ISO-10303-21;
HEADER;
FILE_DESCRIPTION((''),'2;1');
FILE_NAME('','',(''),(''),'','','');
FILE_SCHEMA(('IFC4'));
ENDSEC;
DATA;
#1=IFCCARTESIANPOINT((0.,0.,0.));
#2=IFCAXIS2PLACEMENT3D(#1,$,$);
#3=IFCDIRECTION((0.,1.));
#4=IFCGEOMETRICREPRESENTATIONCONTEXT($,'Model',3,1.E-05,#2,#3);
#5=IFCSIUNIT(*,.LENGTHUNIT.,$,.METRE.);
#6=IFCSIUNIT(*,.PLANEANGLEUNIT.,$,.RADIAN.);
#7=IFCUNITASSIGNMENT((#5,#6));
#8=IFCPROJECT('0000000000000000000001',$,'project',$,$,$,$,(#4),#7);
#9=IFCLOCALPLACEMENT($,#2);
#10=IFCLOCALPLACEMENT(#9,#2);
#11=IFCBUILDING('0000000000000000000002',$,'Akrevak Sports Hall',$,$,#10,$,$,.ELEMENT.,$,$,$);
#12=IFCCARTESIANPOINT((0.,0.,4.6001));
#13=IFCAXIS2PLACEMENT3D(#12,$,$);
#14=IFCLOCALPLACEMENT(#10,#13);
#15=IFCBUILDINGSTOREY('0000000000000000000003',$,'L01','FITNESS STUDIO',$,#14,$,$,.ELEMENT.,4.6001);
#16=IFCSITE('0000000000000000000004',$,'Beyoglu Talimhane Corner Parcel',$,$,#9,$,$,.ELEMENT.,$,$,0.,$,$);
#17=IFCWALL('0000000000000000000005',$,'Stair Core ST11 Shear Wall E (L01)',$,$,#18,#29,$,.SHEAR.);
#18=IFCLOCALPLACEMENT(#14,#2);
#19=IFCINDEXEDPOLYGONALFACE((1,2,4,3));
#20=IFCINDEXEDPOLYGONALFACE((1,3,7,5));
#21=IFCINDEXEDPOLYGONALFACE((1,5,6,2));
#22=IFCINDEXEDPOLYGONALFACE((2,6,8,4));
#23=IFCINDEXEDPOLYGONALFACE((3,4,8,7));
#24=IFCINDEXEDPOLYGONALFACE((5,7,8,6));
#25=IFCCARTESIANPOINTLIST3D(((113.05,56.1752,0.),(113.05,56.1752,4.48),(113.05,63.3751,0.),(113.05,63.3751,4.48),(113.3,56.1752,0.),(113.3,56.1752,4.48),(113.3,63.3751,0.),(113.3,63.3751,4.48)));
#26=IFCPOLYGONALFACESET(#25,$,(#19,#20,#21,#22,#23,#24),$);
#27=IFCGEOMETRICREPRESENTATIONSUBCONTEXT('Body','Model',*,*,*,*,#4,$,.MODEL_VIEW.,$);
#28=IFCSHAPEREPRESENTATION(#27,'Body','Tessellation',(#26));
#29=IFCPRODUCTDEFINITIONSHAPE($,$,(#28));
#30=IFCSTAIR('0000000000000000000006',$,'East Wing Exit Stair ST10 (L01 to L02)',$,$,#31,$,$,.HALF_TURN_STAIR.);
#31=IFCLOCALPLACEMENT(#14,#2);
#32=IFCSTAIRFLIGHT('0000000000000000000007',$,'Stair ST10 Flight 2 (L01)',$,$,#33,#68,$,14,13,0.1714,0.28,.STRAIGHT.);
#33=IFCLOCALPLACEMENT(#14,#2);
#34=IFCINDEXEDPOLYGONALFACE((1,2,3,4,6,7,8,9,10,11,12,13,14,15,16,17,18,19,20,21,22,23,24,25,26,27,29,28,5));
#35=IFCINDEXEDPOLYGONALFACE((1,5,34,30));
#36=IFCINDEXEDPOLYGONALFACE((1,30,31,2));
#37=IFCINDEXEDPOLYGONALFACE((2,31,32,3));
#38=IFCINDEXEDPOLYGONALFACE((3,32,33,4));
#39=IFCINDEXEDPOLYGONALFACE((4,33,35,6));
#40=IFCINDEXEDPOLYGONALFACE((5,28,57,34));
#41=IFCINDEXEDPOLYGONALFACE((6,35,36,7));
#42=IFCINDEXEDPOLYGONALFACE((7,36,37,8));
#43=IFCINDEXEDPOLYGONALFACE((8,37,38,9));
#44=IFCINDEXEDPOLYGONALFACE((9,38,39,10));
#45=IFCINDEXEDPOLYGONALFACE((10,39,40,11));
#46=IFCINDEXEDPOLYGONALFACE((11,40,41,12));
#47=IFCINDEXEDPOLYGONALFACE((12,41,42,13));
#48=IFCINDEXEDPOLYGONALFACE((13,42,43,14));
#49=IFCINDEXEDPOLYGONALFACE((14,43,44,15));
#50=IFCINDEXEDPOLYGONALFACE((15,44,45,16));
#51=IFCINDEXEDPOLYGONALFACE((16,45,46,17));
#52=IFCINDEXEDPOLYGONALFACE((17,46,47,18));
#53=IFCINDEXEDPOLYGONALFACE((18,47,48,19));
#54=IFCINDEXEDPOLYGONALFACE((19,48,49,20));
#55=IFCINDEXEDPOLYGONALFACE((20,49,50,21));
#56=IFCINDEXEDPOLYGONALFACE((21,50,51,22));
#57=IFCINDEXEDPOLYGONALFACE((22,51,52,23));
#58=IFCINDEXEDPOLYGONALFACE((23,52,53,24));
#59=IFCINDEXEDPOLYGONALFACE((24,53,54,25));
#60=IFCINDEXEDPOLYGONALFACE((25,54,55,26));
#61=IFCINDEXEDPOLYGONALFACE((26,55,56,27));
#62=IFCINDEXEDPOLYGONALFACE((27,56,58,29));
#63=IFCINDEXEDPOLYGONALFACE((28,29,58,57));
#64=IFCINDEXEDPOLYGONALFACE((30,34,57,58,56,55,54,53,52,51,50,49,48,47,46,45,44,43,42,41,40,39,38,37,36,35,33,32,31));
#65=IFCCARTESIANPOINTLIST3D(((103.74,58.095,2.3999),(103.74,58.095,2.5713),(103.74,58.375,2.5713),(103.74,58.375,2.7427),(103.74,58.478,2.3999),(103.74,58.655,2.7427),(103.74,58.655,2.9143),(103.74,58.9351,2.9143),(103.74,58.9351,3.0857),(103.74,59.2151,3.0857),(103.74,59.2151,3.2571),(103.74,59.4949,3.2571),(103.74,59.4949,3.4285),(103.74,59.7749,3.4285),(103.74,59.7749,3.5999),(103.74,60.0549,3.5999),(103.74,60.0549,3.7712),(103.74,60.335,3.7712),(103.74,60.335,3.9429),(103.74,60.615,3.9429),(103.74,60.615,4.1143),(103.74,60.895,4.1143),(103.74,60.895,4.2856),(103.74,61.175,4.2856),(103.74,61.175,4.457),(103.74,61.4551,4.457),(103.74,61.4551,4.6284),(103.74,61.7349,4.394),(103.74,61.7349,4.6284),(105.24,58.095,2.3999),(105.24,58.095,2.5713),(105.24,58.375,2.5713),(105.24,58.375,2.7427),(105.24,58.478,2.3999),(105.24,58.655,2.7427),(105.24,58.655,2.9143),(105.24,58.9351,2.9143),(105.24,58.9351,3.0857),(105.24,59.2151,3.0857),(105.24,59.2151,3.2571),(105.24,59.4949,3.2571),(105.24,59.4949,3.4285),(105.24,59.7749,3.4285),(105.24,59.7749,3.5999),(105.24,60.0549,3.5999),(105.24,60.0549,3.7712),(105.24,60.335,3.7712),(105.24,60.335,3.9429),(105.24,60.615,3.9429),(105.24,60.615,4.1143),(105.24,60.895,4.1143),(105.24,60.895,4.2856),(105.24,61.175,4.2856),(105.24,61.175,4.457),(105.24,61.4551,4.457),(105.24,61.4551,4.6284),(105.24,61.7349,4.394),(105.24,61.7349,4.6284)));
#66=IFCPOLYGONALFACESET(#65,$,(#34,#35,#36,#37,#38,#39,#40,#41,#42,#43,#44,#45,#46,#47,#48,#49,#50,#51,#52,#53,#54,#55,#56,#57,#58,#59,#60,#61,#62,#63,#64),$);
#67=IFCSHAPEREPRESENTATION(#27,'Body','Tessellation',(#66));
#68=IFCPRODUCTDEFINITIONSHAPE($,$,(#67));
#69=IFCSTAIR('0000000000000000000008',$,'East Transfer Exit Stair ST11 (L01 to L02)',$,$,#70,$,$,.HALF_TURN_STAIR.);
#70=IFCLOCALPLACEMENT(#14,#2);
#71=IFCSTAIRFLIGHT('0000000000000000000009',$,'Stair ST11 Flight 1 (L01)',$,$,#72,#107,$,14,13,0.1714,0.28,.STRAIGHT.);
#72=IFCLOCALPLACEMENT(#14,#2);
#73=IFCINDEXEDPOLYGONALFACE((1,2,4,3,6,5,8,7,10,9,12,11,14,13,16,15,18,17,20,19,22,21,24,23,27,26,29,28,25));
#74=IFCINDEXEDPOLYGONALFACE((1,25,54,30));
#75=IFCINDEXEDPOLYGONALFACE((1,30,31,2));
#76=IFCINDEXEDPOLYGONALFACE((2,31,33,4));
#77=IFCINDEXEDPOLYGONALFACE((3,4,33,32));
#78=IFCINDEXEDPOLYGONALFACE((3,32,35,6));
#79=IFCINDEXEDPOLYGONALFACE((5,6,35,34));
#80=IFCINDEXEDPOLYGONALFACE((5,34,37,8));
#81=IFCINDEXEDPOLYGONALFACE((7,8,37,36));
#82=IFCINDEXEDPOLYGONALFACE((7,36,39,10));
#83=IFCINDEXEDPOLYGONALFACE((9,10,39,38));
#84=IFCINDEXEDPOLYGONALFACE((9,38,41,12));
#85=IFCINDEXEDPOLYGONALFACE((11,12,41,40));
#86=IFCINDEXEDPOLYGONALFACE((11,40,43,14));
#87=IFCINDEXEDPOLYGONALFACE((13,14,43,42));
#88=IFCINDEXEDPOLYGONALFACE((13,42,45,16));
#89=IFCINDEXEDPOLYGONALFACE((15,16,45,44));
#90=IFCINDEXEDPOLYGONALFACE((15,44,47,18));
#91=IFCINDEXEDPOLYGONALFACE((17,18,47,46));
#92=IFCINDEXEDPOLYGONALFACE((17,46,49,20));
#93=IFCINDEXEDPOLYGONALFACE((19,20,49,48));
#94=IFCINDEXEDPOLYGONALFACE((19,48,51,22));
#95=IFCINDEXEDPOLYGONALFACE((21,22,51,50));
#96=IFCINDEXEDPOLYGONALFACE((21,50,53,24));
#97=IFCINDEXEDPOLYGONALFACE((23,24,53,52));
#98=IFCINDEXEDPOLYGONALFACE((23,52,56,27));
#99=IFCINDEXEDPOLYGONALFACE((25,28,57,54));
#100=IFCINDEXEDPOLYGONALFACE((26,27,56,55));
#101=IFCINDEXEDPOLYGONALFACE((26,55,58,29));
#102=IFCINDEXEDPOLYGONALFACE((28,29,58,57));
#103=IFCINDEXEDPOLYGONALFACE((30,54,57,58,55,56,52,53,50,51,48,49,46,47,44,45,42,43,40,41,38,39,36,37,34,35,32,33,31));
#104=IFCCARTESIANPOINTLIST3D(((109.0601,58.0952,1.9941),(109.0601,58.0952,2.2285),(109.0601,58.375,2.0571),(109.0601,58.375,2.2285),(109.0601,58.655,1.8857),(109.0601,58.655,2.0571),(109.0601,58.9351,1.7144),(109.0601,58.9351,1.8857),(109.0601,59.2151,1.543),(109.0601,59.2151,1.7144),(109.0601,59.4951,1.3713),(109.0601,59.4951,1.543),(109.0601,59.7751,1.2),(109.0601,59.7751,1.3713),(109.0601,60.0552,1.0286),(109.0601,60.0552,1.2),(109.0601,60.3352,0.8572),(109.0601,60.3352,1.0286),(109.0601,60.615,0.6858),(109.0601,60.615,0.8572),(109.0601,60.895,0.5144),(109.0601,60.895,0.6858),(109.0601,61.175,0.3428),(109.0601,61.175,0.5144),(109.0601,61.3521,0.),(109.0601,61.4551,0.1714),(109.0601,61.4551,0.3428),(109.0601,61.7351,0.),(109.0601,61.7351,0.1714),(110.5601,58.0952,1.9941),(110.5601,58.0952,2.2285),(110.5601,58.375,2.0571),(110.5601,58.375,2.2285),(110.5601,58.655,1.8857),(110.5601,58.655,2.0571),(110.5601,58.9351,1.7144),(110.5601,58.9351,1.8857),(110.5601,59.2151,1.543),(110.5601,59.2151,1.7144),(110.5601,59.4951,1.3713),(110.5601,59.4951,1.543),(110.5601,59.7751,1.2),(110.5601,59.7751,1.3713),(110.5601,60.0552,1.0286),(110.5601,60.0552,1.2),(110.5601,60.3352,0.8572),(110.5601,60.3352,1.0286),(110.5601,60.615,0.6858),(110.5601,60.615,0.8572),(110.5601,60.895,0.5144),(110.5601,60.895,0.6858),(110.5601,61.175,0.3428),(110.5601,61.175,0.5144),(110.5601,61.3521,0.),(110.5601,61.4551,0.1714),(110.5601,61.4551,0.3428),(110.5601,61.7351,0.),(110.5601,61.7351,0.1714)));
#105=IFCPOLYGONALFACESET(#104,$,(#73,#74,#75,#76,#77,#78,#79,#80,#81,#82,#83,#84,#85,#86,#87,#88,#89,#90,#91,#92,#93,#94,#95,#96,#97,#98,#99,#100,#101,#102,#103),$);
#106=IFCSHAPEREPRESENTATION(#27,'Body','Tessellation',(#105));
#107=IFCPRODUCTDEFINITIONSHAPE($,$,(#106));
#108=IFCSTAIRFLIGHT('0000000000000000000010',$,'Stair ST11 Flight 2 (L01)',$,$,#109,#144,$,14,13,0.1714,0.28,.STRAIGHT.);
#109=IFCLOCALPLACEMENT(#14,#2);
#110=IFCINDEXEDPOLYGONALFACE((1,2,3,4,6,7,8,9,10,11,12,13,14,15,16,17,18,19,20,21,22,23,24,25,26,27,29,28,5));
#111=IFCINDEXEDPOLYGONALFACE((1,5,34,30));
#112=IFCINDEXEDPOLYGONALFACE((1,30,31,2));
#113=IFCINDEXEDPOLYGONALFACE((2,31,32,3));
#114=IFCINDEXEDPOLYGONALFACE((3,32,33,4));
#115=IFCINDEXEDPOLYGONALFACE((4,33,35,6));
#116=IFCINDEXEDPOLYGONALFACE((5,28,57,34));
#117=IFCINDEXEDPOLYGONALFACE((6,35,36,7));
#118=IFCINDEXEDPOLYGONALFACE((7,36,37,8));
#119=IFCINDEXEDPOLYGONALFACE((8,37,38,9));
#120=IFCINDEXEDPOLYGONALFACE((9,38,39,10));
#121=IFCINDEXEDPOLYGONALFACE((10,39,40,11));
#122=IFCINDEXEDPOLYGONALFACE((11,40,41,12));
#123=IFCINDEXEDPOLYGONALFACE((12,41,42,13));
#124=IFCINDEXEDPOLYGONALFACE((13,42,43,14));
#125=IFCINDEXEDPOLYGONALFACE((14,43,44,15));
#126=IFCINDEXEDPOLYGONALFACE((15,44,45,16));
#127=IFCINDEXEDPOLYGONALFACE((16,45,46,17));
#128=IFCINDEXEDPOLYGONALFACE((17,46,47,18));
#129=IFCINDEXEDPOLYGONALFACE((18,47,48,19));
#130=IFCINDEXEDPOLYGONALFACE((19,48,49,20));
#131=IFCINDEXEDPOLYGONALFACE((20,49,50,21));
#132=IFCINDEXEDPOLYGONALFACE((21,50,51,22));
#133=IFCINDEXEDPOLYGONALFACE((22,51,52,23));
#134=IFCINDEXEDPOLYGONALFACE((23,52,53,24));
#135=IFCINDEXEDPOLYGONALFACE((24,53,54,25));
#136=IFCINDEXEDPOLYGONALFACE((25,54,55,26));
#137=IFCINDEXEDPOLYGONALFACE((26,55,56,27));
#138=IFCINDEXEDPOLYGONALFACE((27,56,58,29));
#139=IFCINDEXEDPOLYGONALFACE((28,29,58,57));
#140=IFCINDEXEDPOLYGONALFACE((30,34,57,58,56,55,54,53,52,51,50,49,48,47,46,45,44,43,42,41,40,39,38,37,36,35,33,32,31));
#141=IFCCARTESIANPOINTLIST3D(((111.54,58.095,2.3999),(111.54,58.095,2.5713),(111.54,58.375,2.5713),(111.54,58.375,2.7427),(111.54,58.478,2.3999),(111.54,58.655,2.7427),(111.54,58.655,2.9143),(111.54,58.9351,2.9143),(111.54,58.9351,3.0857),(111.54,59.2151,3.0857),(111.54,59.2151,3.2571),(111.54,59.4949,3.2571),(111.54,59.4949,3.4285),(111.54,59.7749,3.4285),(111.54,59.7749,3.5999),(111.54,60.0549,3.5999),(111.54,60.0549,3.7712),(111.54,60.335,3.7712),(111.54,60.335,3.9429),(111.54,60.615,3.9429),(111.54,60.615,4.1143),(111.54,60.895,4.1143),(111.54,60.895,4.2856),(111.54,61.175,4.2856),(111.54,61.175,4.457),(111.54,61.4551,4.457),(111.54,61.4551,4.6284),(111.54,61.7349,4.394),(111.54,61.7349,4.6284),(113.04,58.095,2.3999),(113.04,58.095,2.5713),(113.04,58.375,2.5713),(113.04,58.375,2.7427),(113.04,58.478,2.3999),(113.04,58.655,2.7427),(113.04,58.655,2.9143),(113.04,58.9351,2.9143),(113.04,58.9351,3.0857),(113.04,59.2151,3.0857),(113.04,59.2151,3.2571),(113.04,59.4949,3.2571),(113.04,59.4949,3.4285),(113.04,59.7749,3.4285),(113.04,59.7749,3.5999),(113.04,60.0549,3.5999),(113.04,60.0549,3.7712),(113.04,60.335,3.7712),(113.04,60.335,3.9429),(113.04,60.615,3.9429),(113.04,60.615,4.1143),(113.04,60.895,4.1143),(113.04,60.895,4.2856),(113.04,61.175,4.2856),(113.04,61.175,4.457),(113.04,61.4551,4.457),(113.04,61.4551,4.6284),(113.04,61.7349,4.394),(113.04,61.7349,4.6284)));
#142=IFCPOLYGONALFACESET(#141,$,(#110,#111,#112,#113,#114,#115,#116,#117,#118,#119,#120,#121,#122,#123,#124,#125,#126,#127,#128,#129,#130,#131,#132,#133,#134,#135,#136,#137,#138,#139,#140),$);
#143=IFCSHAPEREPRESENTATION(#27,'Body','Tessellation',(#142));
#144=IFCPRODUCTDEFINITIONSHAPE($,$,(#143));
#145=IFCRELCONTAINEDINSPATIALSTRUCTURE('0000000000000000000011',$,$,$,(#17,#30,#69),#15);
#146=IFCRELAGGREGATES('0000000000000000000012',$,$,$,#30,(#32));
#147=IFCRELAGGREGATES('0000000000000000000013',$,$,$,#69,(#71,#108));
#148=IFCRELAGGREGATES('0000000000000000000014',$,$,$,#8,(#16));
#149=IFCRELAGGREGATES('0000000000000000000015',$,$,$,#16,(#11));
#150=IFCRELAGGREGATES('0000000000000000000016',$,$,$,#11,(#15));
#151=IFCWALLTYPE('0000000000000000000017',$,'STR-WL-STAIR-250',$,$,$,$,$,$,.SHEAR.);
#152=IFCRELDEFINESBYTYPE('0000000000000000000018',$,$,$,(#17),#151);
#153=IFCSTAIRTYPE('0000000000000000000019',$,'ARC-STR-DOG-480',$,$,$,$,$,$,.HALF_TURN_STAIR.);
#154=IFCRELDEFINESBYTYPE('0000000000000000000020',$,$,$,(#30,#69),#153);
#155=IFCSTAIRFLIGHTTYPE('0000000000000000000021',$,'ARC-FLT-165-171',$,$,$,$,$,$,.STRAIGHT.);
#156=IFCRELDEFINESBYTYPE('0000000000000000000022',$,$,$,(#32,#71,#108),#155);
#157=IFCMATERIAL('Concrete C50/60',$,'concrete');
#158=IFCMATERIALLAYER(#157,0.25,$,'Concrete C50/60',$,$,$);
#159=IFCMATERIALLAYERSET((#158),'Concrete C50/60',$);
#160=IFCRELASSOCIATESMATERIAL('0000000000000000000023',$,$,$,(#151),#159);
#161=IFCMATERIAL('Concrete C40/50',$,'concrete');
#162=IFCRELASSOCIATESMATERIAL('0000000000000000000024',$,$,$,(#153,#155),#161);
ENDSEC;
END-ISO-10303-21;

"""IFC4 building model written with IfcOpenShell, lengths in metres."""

from ifc_helpers import new_model, si_unit, direction, frame, frame_2d, origin, place, context, subcontext, project, spatial, polyline, rectangle, outline, extrude, material, layer, layer_set, type_object, element, aggregate, save


model = new_model("IFC4")

# Units and contexts
model_context = context("Model", 3, precision=1e-05, world=origin(), true_north=direction((0.0, 1.0)))
body_context = subcontext(model_context, "Body", "Model", "MODEL_VIEW")
ifc_project = project(units=[si_unit("LENGTHUNIT", "METRE"), si_unit("PLANEANGLEUNIT", "RADIAN")], contexts=[model_context])

# Site, building, storey
site_placement = place(None, origin())
site = spatial("IfcSite", under=ifc_project, at=site_placement, Name="Beyoglu Talimhane Corner Parcel", CompositionType="ELEMENT", RefElevation=0.0)
building_placement = place(site_placement, origin())
building = spatial("IfcBuilding", under=site, at=building_placement, Name="Akrevak Sports Hall", CompositionType="ELEMENT")
storey_placement = place(building_placement, frame((0.0, 0.0, 4.6001)))
storey = spatial("IfcBuildingStorey", under=building, at=storey_placement, Name="L01", Description="FITNESS STUDIO", CompositionType="ELEMENT", Elevation=4.6001)

# Shared definitions
ifc_material_1 = material(Name="Concrete C50/60", Category="concrete")

# Shared definitions
ifc_material_2 = material(Name="Concrete C40/50", Category="concrete")

# Shared definitions
ifc_layer_1 = layer(ifc_material_1, 0.25, Name="Concrete C50/60")
ifc_layer_set_1 = layer_set([ifc_layer_1], Name="Concrete C50/60")
wall_type_1 = type_object("IfcWallType", Name="STR-WL-STAIR-250", PredefinedType="SHEAR", material=ifc_layer_set_1)

# Wall
for number, where, z_axis, x_axis, name in (
    (1, (113.175, 56.175, 0.0), (0.0, 0.0, 1.0), (0.0, 1.0, 0.0), "Stair Core ST11 Shear Wall E (L01)"),
):
    element("IfcWall", number, at=place(storey_placement, frame(where, z_axis=z_axis, x_axis=x_axis)), inside=storey, type_object=wall_type_1, Name=name, PredefinedType="SHEAR", context=body_context, shape_type="SweptSolid", body=[
        extrude(rectangle(XDim=7.2, YDim=0.25, at=frame_2d((3.6001, 0.0))), origin(), (0.0, 0.0, 1.0), 4.48),
    ])

# Stair, stair flight
stair_type = type_object("IfcStairType", Name="ARC-STR-DOG-480", PredefinedType="HALF_TURN_STAIR", material=ifc_material_2)
stair_1_placement = place(storey_placement, origin())
stair_1 = element("IfcStair", 2, at=stair_1_placement, inside=storey, type_object=stair_type, Name="East Wing Exit Stair ST10 (L01 to L02)", PredefinedType="HALF_TURN_STAIR")
stair_flight_type = type_object("IfcStairFlightType", Name="ARC-FLT-165-171", PredefinedType="STRAIGHT", material=ifc_material_2)
stair_flight_1_placement = place(storey_placement, frame((104.49, 58.095, 2.3999), z_axis=(0.0, 0.0, 1.0), x_axis=(0.0, 1.0, 0.0)))
stair_flight_1 = element("IfcStairFlight", 3, at=stair_flight_1_placement, type_object=stair_flight_type, Name="Stair ST10 Flight 2 (L01)", NumberOfRisers=14, NumberOfTreads=13, PredefinedType="STRAIGHT", RiserHeight=0.1714, TreadLength=0.28, context=body_context, shape_type="SweptSolid", body=[
    extrude(outline(polyline([(0.0, 0.0), (0.0, 0.1714), (0.28, 0.1714), (0.28, 0.3428), (0.5601, 0.3428), (0.5601, 0.5144), (0.8401, 0.5144), (0.8401, 0.6858), (1.1201, 0.6858), (1.1201, 0.8572), (1.3999, 0.8572), (1.3999, 1.0286), (1.6799, 1.0286), (1.6799, 1.2), (1.96, 1.2), (1.96, 1.3713), (2.24, 1.3713), (2.24, 1.543), (2.52, 1.543), (2.52, 1.7144), (2.8, 1.7144), (2.8, 1.8857), (3.0801, 1.8857), (3.0801, 2.0571), (3.3601, 2.0571), (3.3601, 2.2285), (3.6399, 2.2285), (3.6399, 2.3999), (3.6399, 1.9941), (0.3831, 0.0), (0.0, 0.0)])), frame((0.0, 0.75, 0.0), z_axis=(0.0, -1.0, 0.0), x_axis=(1.0, 0.0, 0.0)), (0.0, 0.0, 1.0), 1.5),
])
aggregate(stair_1, [stair_flight_1])

# Stair, stair flights
stair_2_placement = place(storey_placement, origin())
stair_2 = element("IfcStair", 4, at=stair_2_placement, inside=storey, type_object=stair_type, Name="East Transfer Exit Stair ST11 (L01 to L02)", PredefinedType="HALF_TURN_STAIR")
stair_flight_2_placement = place(storey_placement, frame((109.8101, 61.7351, 0.0), z_axis=(0.0, 0.0, 1.0), x_axis=(0.0, -1.0, 0.0)))
stair_flight_2 = element("IfcStairFlight", 5, at=stair_flight_2_placement, type_object=stair_flight_type, Name="Stair ST11 Flight 1 (L01)", NumberOfRisers=14, NumberOfTreads=13, PredefinedType="STRAIGHT", RiserHeight=0.1714, TreadLength=0.28, context=body_context, shape_type="SweptSolid", body=[
    extrude(outline(polyline([(0.0, 0.0), (0.0, 0.1714), (0.28, 0.1714), (0.28, 0.3428), (0.5601, 0.3428), (0.5601, 0.5144), (0.8401, 0.5144), (0.8401, 0.6858), (1.1201, 0.6858), (1.1201, 0.8572), (1.3999, 0.8572), (1.3999, 1.0286), (1.6799, 1.0286), (1.6799, 1.2), (1.96, 1.2), (1.96, 1.3713), (2.24, 1.3713), (2.24, 1.543), (2.52, 1.543), (2.52, 1.7144), (2.8, 1.7144), (2.8, 1.8857), (3.0801, 1.8857), (3.0801, 2.0571), (3.3601, 2.0571), (3.3601, 2.2285), (3.6399, 2.2285), (3.6399, 2.3999), (3.6399, 1.9941), (0.3831, 0.0), (0.0, 0.0)])), frame((0.0, 0.75, 0.0), z_axis=(0.0, -1.0, 0.0), x_axis=(1.0, 0.0, 0.0)), (0.0, 0.0, 1.0), 1.5),
])
stair_flight_3_placement = place(storey_placement, frame((112.29, 58.095, 2.3999), z_axis=(0.0, 0.0, 1.0), x_axis=(0.0, 1.0, 0.0)))
stair_flight_3 = element("IfcStairFlight", 6, at=stair_flight_3_placement, type_object=stair_flight_type, Name="Stair ST11 Flight 2 (L01)", NumberOfRisers=14, NumberOfTreads=13, PredefinedType="STRAIGHT", RiserHeight=0.1714, TreadLength=0.28, context=body_context, shape_type="SweptSolid", body=[
    extrude(outline(polyline([(0.0, 0.0), (0.0, 0.1714), (0.28, 0.1714), (0.28, 0.3428), (0.5601, 0.3428), (0.5601, 0.5144), (0.8401, 0.5144), (0.8401, 0.6858), (1.1201, 0.6858), (1.1201, 0.8572), (1.3999, 0.8572), (1.3999, 1.0286), (1.6799, 1.0286), (1.6799, 1.2), (1.96, 1.2), (1.96, 1.3713), (2.24, 1.3713), (2.24, 1.543), (2.52, 1.543), (2.52, 1.7144), (2.8, 1.7144), (2.8, 1.8857), (3.0801, 1.8857), (3.0801, 2.0571), (3.3601, 2.0571), (3.3601, 2.2285), (3.6399, 2.2285), (3.6399, 2.3999), (3.6399, 1.9941), (0.3831, 0.0), (0.0, 0.0)])), frame((0.0, 0.75, 0.0), z_axis=(0.0, -1.0, 0.0), x_axis=(1.0, 0.0, 0.0)), (0.0, 0.0, 1.0), 1.5),
])
aggregate(stair_2, [stair_flight_2, stair_flight_3])

save(model, "model.ifc")
